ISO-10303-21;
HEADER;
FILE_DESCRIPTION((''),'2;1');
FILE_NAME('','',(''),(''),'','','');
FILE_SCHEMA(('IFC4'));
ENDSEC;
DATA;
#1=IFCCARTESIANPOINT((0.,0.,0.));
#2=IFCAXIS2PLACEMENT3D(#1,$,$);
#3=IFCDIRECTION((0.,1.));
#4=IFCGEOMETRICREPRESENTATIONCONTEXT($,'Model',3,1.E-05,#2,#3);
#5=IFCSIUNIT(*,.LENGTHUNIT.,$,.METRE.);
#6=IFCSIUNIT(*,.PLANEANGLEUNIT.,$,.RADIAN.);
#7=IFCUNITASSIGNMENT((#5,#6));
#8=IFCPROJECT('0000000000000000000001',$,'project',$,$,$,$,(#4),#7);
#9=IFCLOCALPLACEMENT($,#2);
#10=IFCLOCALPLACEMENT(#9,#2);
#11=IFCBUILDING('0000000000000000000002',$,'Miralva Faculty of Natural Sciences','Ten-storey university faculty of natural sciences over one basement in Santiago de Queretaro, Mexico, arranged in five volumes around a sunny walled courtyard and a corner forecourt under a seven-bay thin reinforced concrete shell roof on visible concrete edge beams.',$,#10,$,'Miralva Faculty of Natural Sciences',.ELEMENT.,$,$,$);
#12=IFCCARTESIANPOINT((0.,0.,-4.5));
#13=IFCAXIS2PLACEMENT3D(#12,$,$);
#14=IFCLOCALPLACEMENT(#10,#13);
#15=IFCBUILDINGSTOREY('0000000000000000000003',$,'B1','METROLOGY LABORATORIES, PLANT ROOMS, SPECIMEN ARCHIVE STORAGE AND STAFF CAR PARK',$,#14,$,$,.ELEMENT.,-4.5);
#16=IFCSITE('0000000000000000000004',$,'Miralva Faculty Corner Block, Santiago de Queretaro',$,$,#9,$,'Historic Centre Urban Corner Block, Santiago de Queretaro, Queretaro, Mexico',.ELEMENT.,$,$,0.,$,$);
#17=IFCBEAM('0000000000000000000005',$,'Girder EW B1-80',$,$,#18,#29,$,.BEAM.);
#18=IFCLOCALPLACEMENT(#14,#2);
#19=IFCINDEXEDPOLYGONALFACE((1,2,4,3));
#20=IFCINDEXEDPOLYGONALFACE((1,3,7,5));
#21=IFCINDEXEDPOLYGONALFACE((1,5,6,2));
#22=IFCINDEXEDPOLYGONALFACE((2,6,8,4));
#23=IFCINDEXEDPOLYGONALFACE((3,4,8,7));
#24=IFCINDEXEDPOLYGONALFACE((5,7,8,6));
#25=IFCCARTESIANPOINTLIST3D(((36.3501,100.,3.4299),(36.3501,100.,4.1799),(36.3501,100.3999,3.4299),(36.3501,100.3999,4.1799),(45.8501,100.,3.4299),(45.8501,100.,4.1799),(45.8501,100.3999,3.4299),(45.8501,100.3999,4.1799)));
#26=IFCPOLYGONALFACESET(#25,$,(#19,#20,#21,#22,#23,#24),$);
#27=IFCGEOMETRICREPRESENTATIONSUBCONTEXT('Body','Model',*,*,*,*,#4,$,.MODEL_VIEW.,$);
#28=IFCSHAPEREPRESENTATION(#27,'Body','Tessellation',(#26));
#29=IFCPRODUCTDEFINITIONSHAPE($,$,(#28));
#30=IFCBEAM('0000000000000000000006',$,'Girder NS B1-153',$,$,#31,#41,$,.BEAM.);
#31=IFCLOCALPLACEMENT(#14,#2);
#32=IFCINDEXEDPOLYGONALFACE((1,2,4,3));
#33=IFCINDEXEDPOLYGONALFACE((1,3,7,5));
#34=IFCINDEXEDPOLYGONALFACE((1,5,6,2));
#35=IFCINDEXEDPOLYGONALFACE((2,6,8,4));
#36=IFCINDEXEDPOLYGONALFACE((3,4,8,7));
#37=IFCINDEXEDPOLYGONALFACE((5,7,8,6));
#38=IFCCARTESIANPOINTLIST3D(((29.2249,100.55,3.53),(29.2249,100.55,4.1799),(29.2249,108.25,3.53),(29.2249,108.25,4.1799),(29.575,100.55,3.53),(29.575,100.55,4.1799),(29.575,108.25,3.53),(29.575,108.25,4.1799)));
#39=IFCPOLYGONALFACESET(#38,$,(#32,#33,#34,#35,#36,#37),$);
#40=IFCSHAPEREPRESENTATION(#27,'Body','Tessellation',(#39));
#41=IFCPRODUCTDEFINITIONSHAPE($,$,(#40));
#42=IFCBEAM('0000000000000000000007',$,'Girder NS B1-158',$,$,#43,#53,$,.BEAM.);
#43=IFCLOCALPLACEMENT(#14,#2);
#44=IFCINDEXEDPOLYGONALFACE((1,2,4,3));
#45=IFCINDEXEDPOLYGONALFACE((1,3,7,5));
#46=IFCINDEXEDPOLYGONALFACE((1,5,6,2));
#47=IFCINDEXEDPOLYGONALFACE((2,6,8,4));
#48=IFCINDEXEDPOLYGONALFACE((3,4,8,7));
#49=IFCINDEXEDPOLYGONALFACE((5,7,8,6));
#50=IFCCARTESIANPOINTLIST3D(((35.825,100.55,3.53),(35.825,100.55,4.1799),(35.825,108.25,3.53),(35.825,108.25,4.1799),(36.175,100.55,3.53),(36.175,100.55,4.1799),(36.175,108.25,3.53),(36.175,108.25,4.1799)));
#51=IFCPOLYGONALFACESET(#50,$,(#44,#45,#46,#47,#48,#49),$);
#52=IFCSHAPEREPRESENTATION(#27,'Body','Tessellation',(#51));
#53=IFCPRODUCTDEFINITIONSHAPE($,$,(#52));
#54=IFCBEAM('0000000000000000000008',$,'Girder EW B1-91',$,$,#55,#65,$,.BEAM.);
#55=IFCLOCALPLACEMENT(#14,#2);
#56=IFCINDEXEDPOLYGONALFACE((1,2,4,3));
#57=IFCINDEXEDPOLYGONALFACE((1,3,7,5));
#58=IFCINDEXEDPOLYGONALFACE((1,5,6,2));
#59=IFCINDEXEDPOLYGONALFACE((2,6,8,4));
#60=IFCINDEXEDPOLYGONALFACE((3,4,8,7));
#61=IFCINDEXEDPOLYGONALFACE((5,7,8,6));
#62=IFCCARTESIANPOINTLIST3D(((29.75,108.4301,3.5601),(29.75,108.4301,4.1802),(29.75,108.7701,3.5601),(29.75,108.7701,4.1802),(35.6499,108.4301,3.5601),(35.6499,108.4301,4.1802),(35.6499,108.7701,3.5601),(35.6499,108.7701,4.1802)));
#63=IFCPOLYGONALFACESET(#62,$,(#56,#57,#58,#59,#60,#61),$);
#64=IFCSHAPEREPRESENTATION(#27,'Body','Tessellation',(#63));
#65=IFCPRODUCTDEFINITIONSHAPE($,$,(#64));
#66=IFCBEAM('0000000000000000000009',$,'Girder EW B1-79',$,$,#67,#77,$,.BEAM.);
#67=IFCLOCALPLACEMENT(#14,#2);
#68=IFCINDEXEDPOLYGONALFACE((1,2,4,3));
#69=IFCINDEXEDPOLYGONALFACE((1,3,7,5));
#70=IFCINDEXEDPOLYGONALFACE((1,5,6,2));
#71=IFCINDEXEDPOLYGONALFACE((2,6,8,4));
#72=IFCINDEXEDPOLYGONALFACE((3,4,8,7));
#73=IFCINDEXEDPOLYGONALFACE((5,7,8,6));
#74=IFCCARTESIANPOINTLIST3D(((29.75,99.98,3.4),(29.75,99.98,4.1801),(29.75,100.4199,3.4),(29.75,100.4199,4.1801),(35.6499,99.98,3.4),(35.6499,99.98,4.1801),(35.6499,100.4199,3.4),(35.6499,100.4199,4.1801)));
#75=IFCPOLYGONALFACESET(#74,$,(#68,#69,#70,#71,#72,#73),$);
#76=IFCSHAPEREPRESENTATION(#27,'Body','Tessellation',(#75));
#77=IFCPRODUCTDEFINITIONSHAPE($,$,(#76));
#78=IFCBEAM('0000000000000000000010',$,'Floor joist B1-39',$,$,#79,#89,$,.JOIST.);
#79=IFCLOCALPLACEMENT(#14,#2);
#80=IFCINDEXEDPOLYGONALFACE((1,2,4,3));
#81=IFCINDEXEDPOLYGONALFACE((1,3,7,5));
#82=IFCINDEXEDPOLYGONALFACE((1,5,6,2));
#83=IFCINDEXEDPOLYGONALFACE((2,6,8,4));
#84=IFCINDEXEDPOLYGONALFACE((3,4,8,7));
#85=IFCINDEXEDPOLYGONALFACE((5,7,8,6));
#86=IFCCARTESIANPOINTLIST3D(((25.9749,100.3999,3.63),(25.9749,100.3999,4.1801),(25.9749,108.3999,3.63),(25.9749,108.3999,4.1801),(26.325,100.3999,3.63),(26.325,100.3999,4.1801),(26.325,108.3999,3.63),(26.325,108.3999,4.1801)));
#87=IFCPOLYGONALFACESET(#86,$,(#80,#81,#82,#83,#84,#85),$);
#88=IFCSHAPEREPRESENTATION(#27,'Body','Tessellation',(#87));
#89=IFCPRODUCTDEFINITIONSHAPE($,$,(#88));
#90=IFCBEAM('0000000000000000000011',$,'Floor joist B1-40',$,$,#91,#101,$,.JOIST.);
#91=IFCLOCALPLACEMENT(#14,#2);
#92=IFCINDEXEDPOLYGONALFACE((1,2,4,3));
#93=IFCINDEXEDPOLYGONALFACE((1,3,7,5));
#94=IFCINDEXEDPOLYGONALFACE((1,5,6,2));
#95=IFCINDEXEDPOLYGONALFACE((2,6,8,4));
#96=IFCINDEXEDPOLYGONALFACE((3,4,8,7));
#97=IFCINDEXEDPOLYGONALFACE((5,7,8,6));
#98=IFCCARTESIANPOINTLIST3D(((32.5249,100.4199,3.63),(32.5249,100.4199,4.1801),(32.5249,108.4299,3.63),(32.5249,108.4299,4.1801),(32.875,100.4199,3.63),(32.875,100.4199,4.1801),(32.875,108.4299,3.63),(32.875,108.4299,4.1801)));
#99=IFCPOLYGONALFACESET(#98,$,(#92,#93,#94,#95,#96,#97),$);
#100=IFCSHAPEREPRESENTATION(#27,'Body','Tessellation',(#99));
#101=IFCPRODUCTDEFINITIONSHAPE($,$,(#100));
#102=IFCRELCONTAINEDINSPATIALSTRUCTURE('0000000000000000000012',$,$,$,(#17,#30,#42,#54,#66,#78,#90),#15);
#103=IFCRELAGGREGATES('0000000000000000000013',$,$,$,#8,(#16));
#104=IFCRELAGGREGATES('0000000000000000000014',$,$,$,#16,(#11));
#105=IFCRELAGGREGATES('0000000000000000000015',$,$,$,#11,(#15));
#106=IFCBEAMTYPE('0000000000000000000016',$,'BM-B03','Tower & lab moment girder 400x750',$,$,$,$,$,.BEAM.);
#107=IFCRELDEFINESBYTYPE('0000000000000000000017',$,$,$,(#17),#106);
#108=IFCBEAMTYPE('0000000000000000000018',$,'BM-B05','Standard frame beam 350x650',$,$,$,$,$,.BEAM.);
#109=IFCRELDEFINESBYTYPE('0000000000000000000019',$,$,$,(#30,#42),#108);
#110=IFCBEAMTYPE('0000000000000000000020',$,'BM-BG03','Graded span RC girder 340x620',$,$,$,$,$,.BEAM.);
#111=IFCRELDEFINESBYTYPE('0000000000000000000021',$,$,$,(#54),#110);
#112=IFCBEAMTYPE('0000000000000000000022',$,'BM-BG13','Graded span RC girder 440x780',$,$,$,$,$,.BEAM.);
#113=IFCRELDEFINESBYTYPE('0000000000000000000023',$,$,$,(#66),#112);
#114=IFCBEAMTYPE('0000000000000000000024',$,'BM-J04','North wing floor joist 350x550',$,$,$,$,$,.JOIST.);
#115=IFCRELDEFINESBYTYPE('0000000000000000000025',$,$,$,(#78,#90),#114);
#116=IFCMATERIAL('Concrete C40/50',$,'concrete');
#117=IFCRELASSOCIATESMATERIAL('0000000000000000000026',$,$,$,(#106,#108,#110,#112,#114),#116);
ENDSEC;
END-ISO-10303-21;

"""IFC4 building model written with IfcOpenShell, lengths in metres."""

from ifc_helpers import new_model, si_unit, direction, frame, origin, origin_2d, place, context, subcontext, project, spatial, rectangle, extrude, material, material_profile, profile_set, type_object, element, save


model = new_model("IFC4")

# Units and contexts
model_context = context("Model", 3, precision=1e-05, world=origin(), true_north=direction((0.0, 1.0)))
body_context = subcontext(model_context, "Body", "Model", "MODEL_VIEW")
ifc_project = project(units=[si_unit("LENGTHUNIT", "METRE"), si_unit("PLANEANGLEUNIT", "RADIAN")], contexts=[model_context])

# Site, building, storey
site_placement = place(None, origin())
site = spatial("IfcSite", under=ifc_project, at=site_placement, Name="Miralva Faculty Corner Block, Santiago de Queretaro", LongName="Historic Centre Urban Corner Block, Santiago de Queretaro, Queretaro, Mexico", CompositionType="ELEMENT", RefElevation=0.0)
building_placement = place(site_placement, origin())
building = spatial("IfcBuilding", under=site, at=building_placement, Name="Miralva Faculty of Natural Sciences", Description="Ten-storey university faculty of natural sciences over one basement in Santiago de Queretaro, Mexico, arranged in five volumes around a sunny walled courtyard and a corner forecourt under a seven-bay thin reinforced concrete shell roof on visible concrete edge beams.", LongName="Miralva Faculty of Natural Sciences", CompositionType="ELEMENT")
storey_placement = place(building_placement, frame((0.0, 0.0, -4.5)))
storey = spatial("IfcBuildingStorey", under=building, at=storey_placement, Name="B1", Description="METROLOGY LABORATORIES, PLANT ROOMS, SPECIMEN ARCHIVE STORAGE AND STAFF CAR PARK", CompositionType="ELEMENT", Elevation=-4.5)

# Shared definitions
ifc_material_1 = material(Name="Concrete C40/50", Category="concrete")

# Beams
ifc_material_profile_1 = material_profile(ifc_material_1, rectangle(XDim=0.3999, YDim=0.75, at=origin_2d()), Name="RC 400x750")
ifc_profile_set_1 = profile_set([ifc_material_profile_1], Name="Concrete C40/50")
beam_type_1 = type_object("IfcBeamType", Name="BM-B03", Description="Tower & lab moment girder 400x750", PredefinedType="BEAM", material=ifc_profile_set_1)
beam_1_placement = place(storey_placement, frame((36.3501, 100.2, 3.8049), z_axis=(1.0, 0.0, 0.0), x_axis=(0.0, 1.0, 0.0)))
element("IfcBeam", 1, at=beam_1_placement, inside=storey, type_object=beam_type_1, Name="Girder EW B1-80", PredefinedType="BEAM", context=body_context, shape_type="SweptSolid", body=[
    extrude(rectangle(XDim=0.3999, YDim=0.75, at=origin_2d()), origin(), (0.0, 0.0, 1.0), 9.5),
])
ifc_material_profile_2 = material_profile(ifc_material_1, rectangle(XDim=0.3501, YDim=0.6499, at=origin_2d()), Name="RC 350x650")
ifc_profile_set_2 = profile_set([ifc_material_profile_2], Name="Concrete C40/50")
beam_type_2 = type_object("IfcBeamType", Name="BM-B05", Description="Standard frame beam 350x650", PredefinedType="BEAM", material=ifc_profile_set_2)
for number, where, z_axis, x_axis, name in (
    (2, (29.3999, 100.55, 3.855), (0.0, 1.0, 0.0), (-1.0, 0.0, 0.0), "Girder NS B1-153"),
    (3, (36.0, 100.55, 3.855), (0.0, 1.0, 0.0), (-1.0, 0.0, 0.0), "Girder NS B1-158"),
):
    element("IfcBeam", number, at=place(storey_placement, frame(where, z_axis=z_axis, x_axis=x_axis)), inside=storey, type_object=beam_type_2, Name=name, PredefinedType="BEAM", context=body_context, shape_type="SweptSolid", body=[
        extrude(rectangle(XDim=0.3501, YDim=0.6499, at=origin_2d()), origin(), (0.0, 0.0, 1.0), 7.7),
    ])
ifc_material_profile_3 = material_profile(ifc_material_1, rectangle(XDim=0.3401, YDim=0.6201, at=origin_2d()), Name="RC 340x620")
ifc_profile_set_3 = profile_set([ifc_material_profile_3], Name="Concrete C40/50")
beam_type_3 = type_object("IfcBeamType", Name="BM-BG03", Description="Graded span RC girder 340x620", PredefinedType="BEAM", material=ifc_profile_set_3)
beam_2_placement = place(storey_placement, frame((29.75, 108.6001, 3.8701), z_axis=(1.0, 0.0, 0.0), x_axis=(0.0, 1.0, 0.0)))
element("IfcBeam", 4, at=beam_2_placement, inside=storey, type_object=beam_type_3, Name="Girder EW B1-91", PredefinedType="BEAM", context=body_context, shape_type="SweptSolid", body=[
    extrude(rectangle(XDim=0.3401, YDim=0.6201, at=origin_2d()), origin(), (0.0, 0.0, 1.0), 5.8999),
])
ifc_material_profile_4 = material_profile(ifc_material_1, rectangle(XDim=0.4399, YDim=0.78, at=origin_2d()), Name="RC 440x780")
ifc_profile_set_4 = profile_set([ifc_material_profile_4], Name="Concrete C40/50")
beam_type_4 = type_object("IfcBeamType", Name="BM-BG13", Description="Graded span RC girder 440x780", PredefinedType="BEAM", material=ifc_profile_set_4)
beam_3_placement = place(storey_placement, frame((29.75, 100.2, 3.79), z_axis=(1.0, 0.0, 0.0), x_axis=(0.0, 1.0, 0.0)))
element("IfcBeam", 5, at=beam_3_placement, inside=storey, type_object=beam_type_4, Name="Girder EW B1-79", PredefinedType="BEAM", context=body_context, shape_type="SweptSolid", body=[
    extrude(rectangle(XDim=0.4399, YDim=0.78, at=origin_2d()), origin(), (0.0, 0.0, 1.0), 5.8999),
])
ifc_material_profile_5 = material_profile(ifc_material_1, rectangle(XDim=0.3501, YDim=0.55, at=origin_2d()), Name="RC 350x550")
ifc_profile_set_5 = profile_set([ifc_material_profile_5], Name="Concrete C40/50")
beam_type_5 = type_object("IfcBeamType", Name="BM-J04", Description="North wing floor joist 350x550", PredefinedType="JOIST", material=ifc_profile_set_5)
beam_4_placement = place(storey_placement, frame((26.1499, 100.3999, 3.905), z_axis=(0.0, 1.0, 0.0), x_axis=(-1.0, 0.0, 0.0)))
element("IfcBeam", 6, at=beam_4_placement, inside=storey, type_object=beam_type_5, Name="Floor joist B1-39", PredefinedType="JOIST", context=body_context, shape_type="SweptSolid", body=[
    extrude(rectangle(XDim=0.3501, YDim=0.55, at=origin_2d()), origin(), (0.0, 0.0, 1.0), 8.0),
])
beam_5_placement = place(storey_placement, frame((32.7, 100.4199, 3.905), z_axis=(0.0, 1.0, 0.0), x_axis=(-1.0, 0.0, 0.0)))
element("IfcBeam", 7, at=beam_5_placement, inside=storey, type_object=beam_type_5, Name="Floor joist B1-40", PredefinedType="JOIST", context=body_context, shape_type="SweptSolid", body=[
    extrude(rectangle(XDim=0.3501, YDim=0.55, at=origin_2d()), origin(), (0.0, 0.0, 1.0), 8.01),
])

save(model, "model.ifc")
